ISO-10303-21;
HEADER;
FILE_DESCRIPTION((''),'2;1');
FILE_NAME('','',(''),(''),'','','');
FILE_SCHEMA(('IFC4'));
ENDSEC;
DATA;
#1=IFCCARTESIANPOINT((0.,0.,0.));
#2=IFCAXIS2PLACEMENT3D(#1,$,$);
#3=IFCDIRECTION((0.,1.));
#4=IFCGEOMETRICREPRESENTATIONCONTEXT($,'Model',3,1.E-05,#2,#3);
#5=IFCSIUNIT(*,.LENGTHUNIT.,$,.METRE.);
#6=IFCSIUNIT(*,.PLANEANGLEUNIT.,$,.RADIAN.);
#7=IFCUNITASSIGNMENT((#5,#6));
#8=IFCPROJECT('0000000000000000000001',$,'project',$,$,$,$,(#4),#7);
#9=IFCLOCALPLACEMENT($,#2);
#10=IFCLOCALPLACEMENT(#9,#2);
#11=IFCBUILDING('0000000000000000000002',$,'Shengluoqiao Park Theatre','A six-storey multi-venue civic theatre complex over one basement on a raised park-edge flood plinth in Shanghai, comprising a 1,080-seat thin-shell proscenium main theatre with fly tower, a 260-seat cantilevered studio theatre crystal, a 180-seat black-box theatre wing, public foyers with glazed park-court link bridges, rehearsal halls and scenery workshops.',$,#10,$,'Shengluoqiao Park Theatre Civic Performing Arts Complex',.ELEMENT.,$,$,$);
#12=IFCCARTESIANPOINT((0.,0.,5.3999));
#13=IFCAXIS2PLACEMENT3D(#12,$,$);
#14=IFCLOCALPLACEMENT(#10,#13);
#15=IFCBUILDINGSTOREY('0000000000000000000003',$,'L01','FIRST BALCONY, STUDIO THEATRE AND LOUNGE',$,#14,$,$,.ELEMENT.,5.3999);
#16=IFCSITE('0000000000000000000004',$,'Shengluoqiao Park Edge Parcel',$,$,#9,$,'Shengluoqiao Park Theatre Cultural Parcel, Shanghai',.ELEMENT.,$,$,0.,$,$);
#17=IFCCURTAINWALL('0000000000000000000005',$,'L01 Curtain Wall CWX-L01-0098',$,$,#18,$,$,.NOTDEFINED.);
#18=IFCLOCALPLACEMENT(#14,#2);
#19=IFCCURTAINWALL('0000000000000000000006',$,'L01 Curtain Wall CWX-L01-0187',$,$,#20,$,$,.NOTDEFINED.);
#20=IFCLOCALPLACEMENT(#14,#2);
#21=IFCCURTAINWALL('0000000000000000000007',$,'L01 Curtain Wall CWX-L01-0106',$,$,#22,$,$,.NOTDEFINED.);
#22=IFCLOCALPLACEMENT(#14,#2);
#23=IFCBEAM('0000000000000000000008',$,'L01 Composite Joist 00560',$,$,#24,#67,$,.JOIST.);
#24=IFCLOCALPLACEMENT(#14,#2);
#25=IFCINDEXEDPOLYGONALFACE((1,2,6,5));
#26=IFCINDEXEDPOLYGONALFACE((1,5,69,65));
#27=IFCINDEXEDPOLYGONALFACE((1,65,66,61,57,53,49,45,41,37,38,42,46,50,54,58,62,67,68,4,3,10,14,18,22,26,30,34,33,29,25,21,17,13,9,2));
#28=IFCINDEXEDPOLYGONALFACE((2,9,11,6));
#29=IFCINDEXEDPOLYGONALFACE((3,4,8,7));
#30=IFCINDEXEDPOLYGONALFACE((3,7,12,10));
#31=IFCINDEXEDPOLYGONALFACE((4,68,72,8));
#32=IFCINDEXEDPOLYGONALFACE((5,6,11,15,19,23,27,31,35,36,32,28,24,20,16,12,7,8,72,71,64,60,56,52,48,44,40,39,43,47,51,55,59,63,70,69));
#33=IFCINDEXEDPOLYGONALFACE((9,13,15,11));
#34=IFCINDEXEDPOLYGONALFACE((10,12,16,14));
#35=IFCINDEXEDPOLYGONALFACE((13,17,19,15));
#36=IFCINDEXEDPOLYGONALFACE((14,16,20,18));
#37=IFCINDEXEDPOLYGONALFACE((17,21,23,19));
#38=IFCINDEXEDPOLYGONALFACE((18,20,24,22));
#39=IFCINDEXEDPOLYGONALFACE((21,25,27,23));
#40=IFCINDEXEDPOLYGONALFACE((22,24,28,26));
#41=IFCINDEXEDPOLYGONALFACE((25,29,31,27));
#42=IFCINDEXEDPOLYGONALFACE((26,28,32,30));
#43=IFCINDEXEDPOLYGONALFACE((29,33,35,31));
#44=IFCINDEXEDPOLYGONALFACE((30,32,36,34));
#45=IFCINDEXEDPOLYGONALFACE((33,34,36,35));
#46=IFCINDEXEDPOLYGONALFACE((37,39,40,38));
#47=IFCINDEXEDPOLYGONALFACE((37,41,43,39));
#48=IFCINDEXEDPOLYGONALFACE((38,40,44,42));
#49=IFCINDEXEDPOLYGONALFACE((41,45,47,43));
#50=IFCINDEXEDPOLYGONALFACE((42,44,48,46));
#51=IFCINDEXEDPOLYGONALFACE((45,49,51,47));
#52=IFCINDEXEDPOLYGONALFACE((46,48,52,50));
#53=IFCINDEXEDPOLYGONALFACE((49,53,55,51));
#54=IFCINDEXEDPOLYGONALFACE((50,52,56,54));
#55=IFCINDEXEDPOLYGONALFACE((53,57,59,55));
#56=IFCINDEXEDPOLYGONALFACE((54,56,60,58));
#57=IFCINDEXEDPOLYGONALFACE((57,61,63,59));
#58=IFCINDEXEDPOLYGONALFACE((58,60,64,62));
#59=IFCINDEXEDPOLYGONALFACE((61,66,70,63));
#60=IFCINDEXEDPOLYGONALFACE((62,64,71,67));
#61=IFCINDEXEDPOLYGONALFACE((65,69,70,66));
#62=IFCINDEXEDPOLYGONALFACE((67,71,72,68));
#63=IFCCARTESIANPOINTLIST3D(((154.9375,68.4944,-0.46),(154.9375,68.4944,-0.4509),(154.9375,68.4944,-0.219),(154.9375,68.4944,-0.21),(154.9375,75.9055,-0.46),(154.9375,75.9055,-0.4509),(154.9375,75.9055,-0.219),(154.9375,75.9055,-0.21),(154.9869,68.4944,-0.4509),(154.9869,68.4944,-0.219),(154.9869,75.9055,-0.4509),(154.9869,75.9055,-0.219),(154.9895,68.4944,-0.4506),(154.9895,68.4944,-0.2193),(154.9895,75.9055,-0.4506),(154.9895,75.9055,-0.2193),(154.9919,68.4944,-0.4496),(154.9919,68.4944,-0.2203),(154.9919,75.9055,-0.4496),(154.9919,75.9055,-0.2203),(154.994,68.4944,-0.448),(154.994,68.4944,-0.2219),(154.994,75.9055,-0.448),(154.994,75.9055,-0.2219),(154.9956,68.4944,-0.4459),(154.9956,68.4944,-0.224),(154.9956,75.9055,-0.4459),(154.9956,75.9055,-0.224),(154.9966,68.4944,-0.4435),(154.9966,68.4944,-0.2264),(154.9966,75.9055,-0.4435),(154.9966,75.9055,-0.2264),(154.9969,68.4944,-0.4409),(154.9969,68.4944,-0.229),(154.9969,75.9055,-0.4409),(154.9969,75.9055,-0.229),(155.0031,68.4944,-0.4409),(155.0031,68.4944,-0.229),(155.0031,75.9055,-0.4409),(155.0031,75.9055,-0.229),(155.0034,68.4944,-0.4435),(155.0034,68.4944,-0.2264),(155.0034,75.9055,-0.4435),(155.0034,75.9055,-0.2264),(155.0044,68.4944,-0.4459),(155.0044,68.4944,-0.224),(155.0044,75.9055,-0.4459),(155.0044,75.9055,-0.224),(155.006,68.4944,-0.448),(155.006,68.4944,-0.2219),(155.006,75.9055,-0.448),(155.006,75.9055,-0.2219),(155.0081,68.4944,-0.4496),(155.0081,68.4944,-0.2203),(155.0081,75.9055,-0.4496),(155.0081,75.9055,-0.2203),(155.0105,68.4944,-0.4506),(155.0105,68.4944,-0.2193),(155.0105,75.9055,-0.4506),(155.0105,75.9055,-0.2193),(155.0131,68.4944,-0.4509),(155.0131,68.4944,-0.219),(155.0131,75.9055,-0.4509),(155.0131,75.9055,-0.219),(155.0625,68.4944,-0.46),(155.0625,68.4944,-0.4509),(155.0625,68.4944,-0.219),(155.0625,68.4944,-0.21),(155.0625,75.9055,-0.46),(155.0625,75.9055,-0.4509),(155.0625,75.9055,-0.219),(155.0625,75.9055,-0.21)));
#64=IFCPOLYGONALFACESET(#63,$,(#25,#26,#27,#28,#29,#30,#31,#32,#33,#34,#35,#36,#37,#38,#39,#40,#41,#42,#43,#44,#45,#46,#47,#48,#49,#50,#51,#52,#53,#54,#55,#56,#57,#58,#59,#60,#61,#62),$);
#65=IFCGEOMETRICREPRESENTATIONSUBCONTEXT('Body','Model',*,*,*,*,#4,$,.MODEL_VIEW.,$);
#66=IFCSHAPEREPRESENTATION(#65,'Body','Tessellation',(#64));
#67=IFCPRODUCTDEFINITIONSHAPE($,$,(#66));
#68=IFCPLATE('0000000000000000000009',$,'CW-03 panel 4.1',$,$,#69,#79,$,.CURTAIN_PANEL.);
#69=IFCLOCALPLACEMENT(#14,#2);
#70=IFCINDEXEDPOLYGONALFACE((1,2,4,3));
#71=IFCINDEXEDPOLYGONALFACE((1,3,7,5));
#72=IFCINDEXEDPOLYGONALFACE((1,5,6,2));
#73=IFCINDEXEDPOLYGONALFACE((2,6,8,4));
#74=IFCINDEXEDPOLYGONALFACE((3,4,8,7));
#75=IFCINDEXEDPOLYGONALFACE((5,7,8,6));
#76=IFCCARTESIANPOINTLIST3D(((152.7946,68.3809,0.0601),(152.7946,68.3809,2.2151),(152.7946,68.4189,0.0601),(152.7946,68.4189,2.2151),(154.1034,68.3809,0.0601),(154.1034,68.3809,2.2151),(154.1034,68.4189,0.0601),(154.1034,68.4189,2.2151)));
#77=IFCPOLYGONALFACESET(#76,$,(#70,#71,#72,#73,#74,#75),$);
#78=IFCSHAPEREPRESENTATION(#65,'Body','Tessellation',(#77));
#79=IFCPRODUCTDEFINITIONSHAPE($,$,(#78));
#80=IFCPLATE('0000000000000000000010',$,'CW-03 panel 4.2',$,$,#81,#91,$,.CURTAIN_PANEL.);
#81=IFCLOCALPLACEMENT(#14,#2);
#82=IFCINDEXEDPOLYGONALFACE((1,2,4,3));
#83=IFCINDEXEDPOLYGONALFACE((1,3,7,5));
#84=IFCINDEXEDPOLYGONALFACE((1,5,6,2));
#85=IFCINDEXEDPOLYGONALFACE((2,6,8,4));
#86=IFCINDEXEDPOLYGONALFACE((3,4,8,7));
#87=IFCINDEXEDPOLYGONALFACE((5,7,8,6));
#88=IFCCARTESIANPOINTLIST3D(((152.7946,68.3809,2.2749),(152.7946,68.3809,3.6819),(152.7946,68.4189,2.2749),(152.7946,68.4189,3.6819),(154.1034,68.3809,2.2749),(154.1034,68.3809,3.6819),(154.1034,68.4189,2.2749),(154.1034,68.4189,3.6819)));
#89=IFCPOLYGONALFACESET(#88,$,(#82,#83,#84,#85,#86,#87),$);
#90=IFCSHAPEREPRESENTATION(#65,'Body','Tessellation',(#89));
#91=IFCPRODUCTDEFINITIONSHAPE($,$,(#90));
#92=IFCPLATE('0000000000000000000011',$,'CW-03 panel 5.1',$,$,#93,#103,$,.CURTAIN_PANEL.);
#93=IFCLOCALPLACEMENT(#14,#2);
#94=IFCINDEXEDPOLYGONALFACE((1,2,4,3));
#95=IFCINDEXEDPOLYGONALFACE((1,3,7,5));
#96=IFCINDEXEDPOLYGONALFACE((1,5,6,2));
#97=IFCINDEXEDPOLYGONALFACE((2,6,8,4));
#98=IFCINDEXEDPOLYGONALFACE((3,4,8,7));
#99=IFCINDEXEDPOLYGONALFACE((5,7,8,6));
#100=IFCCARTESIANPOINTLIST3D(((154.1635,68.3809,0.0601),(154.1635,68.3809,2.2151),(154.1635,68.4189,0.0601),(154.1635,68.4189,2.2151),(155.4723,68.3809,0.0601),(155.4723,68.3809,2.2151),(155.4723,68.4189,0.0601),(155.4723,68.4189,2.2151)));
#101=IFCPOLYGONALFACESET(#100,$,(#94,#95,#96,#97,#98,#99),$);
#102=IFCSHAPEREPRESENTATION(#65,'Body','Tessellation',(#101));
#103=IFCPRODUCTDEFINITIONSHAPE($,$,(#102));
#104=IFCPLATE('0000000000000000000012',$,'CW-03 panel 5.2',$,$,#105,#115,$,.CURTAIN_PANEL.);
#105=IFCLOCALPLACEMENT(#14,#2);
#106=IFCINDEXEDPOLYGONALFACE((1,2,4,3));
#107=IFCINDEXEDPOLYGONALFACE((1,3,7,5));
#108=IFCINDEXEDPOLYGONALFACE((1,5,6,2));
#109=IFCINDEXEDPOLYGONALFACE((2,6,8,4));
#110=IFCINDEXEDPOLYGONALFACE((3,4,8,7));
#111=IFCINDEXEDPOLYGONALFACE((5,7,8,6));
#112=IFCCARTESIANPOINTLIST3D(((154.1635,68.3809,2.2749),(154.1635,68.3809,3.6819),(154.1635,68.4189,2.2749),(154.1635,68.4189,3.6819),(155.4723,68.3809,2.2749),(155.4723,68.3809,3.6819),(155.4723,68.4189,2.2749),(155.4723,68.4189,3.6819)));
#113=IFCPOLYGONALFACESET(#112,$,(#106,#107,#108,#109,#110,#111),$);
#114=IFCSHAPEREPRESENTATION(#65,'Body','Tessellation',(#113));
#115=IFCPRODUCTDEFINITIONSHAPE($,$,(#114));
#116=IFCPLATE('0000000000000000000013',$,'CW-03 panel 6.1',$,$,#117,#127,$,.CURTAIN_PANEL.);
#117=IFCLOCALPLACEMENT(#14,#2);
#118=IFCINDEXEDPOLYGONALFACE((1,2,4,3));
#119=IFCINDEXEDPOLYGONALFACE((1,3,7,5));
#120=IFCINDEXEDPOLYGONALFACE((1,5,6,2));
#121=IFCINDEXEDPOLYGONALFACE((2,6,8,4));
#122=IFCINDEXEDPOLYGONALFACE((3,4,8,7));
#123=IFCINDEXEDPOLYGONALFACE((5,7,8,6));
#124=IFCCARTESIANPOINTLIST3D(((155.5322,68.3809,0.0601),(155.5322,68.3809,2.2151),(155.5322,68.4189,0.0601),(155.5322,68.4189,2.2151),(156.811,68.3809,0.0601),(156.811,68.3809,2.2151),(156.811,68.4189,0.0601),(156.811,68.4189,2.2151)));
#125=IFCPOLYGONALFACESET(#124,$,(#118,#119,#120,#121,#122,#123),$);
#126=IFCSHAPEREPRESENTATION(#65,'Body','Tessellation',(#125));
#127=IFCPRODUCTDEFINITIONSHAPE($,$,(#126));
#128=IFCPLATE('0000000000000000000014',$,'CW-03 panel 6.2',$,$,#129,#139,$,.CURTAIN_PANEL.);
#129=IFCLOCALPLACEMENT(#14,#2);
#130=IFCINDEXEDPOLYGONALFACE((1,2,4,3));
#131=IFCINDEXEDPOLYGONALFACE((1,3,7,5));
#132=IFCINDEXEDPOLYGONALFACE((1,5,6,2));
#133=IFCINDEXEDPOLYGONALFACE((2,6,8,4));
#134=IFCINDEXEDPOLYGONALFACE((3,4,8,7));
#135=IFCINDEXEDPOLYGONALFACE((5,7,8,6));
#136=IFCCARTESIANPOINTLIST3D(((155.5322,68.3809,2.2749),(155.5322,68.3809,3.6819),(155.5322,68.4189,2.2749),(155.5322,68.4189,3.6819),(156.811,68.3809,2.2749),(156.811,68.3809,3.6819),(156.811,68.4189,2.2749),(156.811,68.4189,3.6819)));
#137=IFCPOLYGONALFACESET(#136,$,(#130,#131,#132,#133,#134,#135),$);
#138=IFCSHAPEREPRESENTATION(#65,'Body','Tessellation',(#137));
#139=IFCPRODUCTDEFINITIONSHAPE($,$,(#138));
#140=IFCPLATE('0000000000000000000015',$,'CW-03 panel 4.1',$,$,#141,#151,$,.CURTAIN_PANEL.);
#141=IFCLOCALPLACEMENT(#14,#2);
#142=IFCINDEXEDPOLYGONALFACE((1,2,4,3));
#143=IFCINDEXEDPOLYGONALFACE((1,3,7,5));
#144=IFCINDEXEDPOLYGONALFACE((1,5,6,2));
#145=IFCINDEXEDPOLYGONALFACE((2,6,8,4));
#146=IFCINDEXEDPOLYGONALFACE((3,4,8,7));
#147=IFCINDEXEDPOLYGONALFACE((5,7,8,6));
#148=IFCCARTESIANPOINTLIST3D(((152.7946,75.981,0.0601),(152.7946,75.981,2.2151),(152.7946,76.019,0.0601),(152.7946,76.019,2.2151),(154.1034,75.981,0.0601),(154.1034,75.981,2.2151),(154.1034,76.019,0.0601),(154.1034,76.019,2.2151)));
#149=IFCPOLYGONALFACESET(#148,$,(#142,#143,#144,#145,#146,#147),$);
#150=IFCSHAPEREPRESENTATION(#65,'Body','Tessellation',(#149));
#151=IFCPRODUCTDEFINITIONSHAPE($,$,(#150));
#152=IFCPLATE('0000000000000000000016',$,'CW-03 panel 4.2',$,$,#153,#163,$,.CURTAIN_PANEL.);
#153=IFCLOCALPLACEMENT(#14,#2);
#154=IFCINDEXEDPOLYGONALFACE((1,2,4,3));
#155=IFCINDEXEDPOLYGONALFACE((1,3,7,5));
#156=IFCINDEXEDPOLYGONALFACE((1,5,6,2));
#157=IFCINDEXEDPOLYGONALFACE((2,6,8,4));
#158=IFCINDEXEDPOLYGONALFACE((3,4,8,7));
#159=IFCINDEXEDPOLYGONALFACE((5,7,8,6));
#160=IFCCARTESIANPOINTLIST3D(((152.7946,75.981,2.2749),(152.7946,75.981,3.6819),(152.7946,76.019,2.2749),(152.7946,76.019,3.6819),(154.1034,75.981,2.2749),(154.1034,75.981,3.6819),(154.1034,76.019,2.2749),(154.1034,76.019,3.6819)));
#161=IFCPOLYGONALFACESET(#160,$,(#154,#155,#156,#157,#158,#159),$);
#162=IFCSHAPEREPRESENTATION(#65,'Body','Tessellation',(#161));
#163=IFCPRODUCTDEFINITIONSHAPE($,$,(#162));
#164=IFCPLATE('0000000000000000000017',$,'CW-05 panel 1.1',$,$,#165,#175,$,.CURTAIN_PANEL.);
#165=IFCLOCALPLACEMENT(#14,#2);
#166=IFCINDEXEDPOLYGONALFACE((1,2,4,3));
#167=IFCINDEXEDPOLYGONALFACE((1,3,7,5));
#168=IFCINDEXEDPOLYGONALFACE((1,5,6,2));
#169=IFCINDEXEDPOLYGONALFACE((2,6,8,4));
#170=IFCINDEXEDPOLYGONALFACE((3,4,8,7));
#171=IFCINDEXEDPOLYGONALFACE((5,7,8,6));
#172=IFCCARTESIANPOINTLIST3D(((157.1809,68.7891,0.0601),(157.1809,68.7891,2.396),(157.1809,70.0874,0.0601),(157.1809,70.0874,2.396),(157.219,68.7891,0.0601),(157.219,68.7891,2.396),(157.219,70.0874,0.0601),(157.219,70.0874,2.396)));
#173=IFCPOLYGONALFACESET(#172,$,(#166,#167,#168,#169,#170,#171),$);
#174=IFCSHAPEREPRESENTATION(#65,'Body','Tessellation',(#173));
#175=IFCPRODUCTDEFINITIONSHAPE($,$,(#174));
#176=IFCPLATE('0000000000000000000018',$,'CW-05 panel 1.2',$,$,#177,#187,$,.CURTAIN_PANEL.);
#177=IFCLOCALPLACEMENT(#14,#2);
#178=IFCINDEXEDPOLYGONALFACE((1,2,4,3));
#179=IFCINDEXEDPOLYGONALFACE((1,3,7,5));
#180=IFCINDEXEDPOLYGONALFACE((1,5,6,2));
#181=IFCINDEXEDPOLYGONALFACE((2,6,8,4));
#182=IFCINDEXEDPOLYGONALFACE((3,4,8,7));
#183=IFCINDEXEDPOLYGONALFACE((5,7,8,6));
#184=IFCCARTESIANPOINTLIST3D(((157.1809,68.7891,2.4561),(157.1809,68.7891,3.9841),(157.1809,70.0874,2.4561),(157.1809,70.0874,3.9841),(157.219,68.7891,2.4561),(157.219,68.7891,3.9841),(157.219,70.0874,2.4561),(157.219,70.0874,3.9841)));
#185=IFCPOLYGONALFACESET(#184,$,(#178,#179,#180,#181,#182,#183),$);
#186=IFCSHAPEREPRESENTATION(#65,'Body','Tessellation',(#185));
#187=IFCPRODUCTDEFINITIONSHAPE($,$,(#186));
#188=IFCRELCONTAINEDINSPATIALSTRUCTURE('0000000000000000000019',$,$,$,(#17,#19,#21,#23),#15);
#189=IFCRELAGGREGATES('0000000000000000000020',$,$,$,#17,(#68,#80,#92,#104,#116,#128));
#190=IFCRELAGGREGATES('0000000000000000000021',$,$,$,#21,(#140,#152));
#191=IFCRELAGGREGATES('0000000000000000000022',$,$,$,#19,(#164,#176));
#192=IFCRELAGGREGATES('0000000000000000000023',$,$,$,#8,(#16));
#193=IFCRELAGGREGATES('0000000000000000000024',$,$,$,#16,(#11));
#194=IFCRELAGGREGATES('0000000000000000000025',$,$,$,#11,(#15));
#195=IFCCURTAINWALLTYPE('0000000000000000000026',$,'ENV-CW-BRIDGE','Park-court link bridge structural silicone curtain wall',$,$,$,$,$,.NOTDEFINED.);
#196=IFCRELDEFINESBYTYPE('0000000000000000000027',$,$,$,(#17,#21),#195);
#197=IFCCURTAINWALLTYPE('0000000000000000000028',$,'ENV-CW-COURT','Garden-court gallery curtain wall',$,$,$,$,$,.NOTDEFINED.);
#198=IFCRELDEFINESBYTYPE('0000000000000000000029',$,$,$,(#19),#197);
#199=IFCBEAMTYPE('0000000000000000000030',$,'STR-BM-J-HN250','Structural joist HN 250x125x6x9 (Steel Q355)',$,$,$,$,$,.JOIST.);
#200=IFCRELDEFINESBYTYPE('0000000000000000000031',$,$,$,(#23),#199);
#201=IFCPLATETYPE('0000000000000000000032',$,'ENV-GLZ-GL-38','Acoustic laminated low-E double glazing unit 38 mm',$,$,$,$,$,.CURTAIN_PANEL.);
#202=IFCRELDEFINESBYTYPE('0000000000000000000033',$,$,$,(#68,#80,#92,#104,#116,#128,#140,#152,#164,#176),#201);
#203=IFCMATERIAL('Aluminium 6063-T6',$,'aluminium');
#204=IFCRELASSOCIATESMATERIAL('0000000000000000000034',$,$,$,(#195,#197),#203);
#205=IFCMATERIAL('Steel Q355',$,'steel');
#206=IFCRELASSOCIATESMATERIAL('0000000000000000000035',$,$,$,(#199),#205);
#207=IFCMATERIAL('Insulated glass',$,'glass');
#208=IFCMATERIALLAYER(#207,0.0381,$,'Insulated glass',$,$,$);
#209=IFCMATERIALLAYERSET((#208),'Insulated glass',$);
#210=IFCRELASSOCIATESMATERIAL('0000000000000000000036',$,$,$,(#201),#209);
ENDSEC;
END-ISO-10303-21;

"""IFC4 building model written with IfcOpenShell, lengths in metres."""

from ifc_helpers import new_model, si_unit, direction, frame, origin, origin_2d, place, context, subcontext, project, spatial, rectangle, i_section, extrude, material, layer, layer_set, material_profile, profile_set, type_object, element, aggregate, save


model = new_model("IFC4")

# Units and contexts
model_context = context("Model", 3, precision=1e-05, world=origin(), true_north=direction((0.0, 1.0)))
body_context = subcontext(model_context, "Body", "Model", "MODEL_VIEW")
ifc_project = project(units=[si_unit("LENGTHUNIT", "METRE"), si_unit("PLANEANGLEUNIT", "RADIAN")], contexts=[model_context])

# Site, building, storey
site_placement = place(None, origin())
site = spatial("IfcSite", under=ifc_project, at=site_placement, Name="Shengluoqiao Park Edge Parcel", LongName="Shengluoqiao Park Theatre Cultural Parcel, Shanghai", CompositionType="ELEMENT", RefElevation=0.0)
building_placement = place(site_placement, origin())
building = spatial("IfcBuilding", under=site, at=building_placement, Name="Shengluoqiao Park Theatre", Description="A six-storey multi-venue civic theatre complex over one basement on a raised park-edge flood plinth in Shanghai, comprising a 1,080-seat thin-shell proscenium main theatre with fly tower, a 260-seat cantilevered studio theatre crystal, a 180-seat black-box theatre wing, public foyers with glazed park-court link bridges, rehearsal halls and scenery workshops.", LongName="Shengluoqiao Park Theatre Civic Performing Arts Complex", CompositionType="ELEMENT")
storey_placement = place(building_placement, frame((0.0, 0.0, 5.3999)))
storey = spatial("IfcBuildingStorey", under=building, at=storey_placement, Name="L01", Description="FIRST BALCONY, STUDIO THEATRE AND LOUNGE", CompositionType="ELEMENT", Elevation=5.3999)

# Curtain wall
ifc_material_1 = material(Name="Aluminium 6063-T6", Category="aluminium")
curtain_wall_type_1 = type_object("IfcCurtainWallType", Name="ENV-CW-BRIDGE", Description="Park-court link bridge structural silicone curtain wall", PredefinedType="NOTDEFINED", material=ifc_material_1)
curtain_wall_1_placement = place(storey_placement, origin())
curtain_wall_1 = element("IfcCurtainWall", 1, at=curtain_wall_1_placement, inside=storey, type_object=curtain_wall_type_1, Name="L01 Curtain Wall CWX-L01-0098", PredefinedType="NOTDEFINED")

# Curtain wall
curtain_wall_type_2 = type_object("IfcCurtainWallType", Name="ENV-CW-COURT", Description="Garden-court gallery curtain wall", PredefinedType="NOTDEFINED", material=ifc_material_1)
curtain_wall_2_placement = place(storey_placement, origin())
curtain_wall_2 = element("IfcCurtainWall", 2, at=curtain_wall_2_placement, inside=storey, type_object=curtain_wall_type_2, Name="L01 Curtain Wall CWX-L01-0187", PredefinedType="NOTDEFINED")

# Curtain wall
curtain_wall_3_placement = place(storey_placement, origin())
curtain_wall_3 = element("IfcCurtainWall", 3, at=curtain_wall_3_placement, inside=storey, type_object=curtain_wall_type_1, Name="L01 Curtain Wall CWX-L01-0106", PredefinedType="NOTDEFINED")

# Beam
ifc_material_2 = material(Name="Steel Q355", Category="steel")
ifc_material_profile_1 = material_profile(ifc_material_2, i_section(OverallWidth=0.125, OverallDepth=0.25, WebThickness=0.0061, FlangeThickness=0.009, FilletRadius=0.01, at=origin_2d()), Name="HN 250x125x6x9")
ifc_profile_set_1 = profile_set([ifc_material_profile_1], Name="Steel Q355")
beam_type_1 = type_object("IfcBeamType", Name="STR-BM-J-HN250", Description="Structural joist HN 250x125x6x9 (Steel Q355)", PredefinedType="JOIST", material=ifc_profile_set_1)
for number, where, z_axis, x_axis, name in (
    (4, (155.0, 68.4944, -0.335), (0.0, 1.0, 0.0), (-1.0, 0.0, 0.0), "L01 Composite Joist 00560"),
):
    element("IfcBeam", number, at=place(storey_placement, frame(where, z_axis=z_axis, x_axis=x_axis)), inside=storey, type_object=beam_type_1, Name=name, PredefinedType="JOIST", context=body_context, shape_type="SweptSolid", body=[
        extrude(i_section(OverallWidth=0.125, OverallDepth=0.25, WebThickness=0.0061, FlangeThickness=0.009, FilletRadius=0.01, at=origin_2d()), origin(), (0.0, 0.0, 1.0), 7.4111),
    ])

# Plates
ifc_material_3 = material(Name="Insulated glass", Category="glass")
ifc_layer = layer(ifc_material_3, 0.0381, Name="Insulated glass")
ifc_layer_set = layer_set([ifc_layer], Name="Insulated glass")
plate_type = type_object("IfcPlateType", Name="ENV-GLZ-GL-38", Description="Acoustic laminated low-E double glazing unit 38 mm", PredefinedType="CURTAIN_PANEL", material=ifc_layer_set)
plate_1_placement = place(storey_placement, frame((153.449, 68.3999, 0.0601), z_axis=(0.0, 0.0, 1.0), x_axis=(1.0, 0.0, 0.0)))
plate_1 = element("IfcPlate", 5, at=plate_1_placement, type_object=plate_type, Name="CW-03 panel 4.1", PredefinedType="CURTAIN_PANEL", context=body_context, shape_type="SweptSolid", body=[
    extrude(rectangle(XDim=1.3088, YDim=0.0381, at=origin_2d()), origin(), (0.0, 0.0, 1.0), 2.155),
])
plate_2_placement = place(storey_placement, frame((153.449, 68.3999, 2.2749), z_axis=(0.0, 0.0, 1.0), x_axis=(1.0, 0.0, 0.0)))
plate_2 = element("IfcPlate", 6, at=plate_2_placement, type_object=plate_type, Name="CW-03 panel 4.2", PredefinedType="CURTAIN_PANEL", context=body_context, shape_type="SweptSolid", body=[
    extrude(rectangle(XDim=1.3088, YDim=0.0381, at=origin_2d()), origin(), (0.0, 0.0, 1.0), 1.407),
])
plate_3_placement = place(storey_placement, frame((154.8179, 68.3999, 0.0601), z_axis=(0.0, 0.0, 1.0), x_axis=(1.0, 0.0, 0.0)))
plate_3 = element("IfcPlate", 7, at=plate_3_placement, type_object=plate_type, Name="CW-03 panel 5.1", PredefinedType="CURTAIN_PANEL", context=body_context, shape_type="SweptSolid", body=[
    extrude(rectangle(XDim=1.3088, YDim=0.0381, at=origin_2d()), origin(), (0.0, 0.0, 1.0), 2.155),
])
plate_4_placement = place(storey_placement, frame((154.8179, 68.3999, 2.2749), z_axis=(0.0, 0.0, 1.0), x_axis=(1.0, 0.0, 0.0)))
plate_4 = element("IfcPlate", 8, at=plate_4_placement, type_object=plate_type, Name="CW-03 panel 5.2", PredefinedType="CURTAIN_PANEL", context=body_context, shape_type="SweptSolid", body=[
    extrude(rectangle(XDim=1.3088, YDim=0.0381, at=origin_2d()), origin(), (0.0, 0.0, 1.0), 1.407),
])
plate_5_placement = place(storey_placement, frame((156.1716, 68.3999, 0.0601), z_axis=(0.0, 0.0, 1.0), x_axis=(1.0, 0.0, 0.0)))
plate_5 = element("IfcPlate", 9, at=plate_5_placement, type_object=plate_type, Name="CW-03 panel 6.1", PredefinedType="CURTAIN_PANEL", context=body_context, shape_type="SweptSolid", body=[
    extrude(rectangle(XDim=1.2788, YDim=0.0381, at=origin_2d()), origin(), (0.0, 0.0, 1.0), 2.155),
])
plate_6_placement = place(storey_placement, frame((156.1716, 68.3999, 2.2749), z_axis=(0.0, 0.0, 1.0), x_axis=(1.0, 0.0, 0.0)))
plate_6 = element("IfcPlate", 10, at=plate_6_placement, type_object=plate_type, Name="CW-03 panel 6.2", PredefinedType="CURTAIN_PANEL", context=body_context, shape_type="SweptSolid", body=[
    extrude(rectangle(XDim=1.2788, YDim=0.0381, at=origin_2d()), origin(), (0.0, 0.0, 1.0), 1.407),
])
aggregate(curtain_wall_1, [plate_1, plate_2, plate_3, plate_4, plate_5, plate_6])
plate_7_placement = place(storey_placement, frame((153.449, 76.0, 0.0601), z_axis=(0.0, 0.0, 1.0), x_axis=(1.0, 0.0, 0.0)))
plate_7 = element("IfcPlate", 11, at=plate_7_placement, type_object=plate_type, Name="CW-03 panel 4.1", PredefinedType="CURTAIN_PANEL", context=body_context, shape_type="SweptSolid", body=[
    extrude(rectangle(XDim=1.3088, YDim=0.0381, at=origin_2d()), origin(), (0.0, 0.0, 1.0), 2.155),
])
plate_8_placement = place(storey_placement, frame((153.449, 76.0, 2.2749), z_axis=(0.0, 0.0, 1.0), x_axis=(1.0, 0.0, 0.0)))
plate_8 = element("IfcPlate", 12, at=plate_8_placement, type_object=plate_type, Name="CW-03 panel 4.2", PredefinedType="CURTAIN_PANEL", context=body_context, shape_type="SweptSolid", body=[
    extrude(rectangle(XDim=1.3088, YDim=0.0381, at=origin_2d()), origin(), (0.0, 0.0, 1.0), 1.407),
])
aggregate(curtain_wall_3, [plate_7, plate_8])
plate_9_placement = place(storey_placement, frame((157.2, 69.4382, 0.0601), z_axis=(0.0, 0.0, 1.0), x_axis=(0.0, 1.0, 0.0)))
plate_9 = element("IfcPlate", 13, at=plate_9_placement, type_object=plate_type, Name="CW-05 panel 1.1", PredefinedType="CURTAIN_PANEL", context=body_context, shape_type="SweptSolid", body=[
    extrude(rectangle(XDim=1.2983, YDim=0.0381, at=origin_2d()), origin(), (0.0, 0.0, 1.0), 2.3359),
])
plate_10_placement = place(storey_placement, frame((157.2, 69.4382, 2.4561), z_axis=(0.0, 0.0, 1.0), x_axis=(0.0, 1.0, 0.0)))
plate_10 = element("IfcPlate", 14, at=plate_10_placement, type_object=plate_type, Name="CW-05 panel 1.2", PredefinedType="CURTAIN_PANEL", context=body_context, shape_type="SweptSolid", body=[
    extrude(rectangle(XDim=1.2983, YDim=0.0381, at=origin_2d()), origin(), (0.0, 0.0, 1.0), 1.5281),
])
aggregate(curtain_wall_2, [plate_9, plate_10])

save(model, "model.ifc")
